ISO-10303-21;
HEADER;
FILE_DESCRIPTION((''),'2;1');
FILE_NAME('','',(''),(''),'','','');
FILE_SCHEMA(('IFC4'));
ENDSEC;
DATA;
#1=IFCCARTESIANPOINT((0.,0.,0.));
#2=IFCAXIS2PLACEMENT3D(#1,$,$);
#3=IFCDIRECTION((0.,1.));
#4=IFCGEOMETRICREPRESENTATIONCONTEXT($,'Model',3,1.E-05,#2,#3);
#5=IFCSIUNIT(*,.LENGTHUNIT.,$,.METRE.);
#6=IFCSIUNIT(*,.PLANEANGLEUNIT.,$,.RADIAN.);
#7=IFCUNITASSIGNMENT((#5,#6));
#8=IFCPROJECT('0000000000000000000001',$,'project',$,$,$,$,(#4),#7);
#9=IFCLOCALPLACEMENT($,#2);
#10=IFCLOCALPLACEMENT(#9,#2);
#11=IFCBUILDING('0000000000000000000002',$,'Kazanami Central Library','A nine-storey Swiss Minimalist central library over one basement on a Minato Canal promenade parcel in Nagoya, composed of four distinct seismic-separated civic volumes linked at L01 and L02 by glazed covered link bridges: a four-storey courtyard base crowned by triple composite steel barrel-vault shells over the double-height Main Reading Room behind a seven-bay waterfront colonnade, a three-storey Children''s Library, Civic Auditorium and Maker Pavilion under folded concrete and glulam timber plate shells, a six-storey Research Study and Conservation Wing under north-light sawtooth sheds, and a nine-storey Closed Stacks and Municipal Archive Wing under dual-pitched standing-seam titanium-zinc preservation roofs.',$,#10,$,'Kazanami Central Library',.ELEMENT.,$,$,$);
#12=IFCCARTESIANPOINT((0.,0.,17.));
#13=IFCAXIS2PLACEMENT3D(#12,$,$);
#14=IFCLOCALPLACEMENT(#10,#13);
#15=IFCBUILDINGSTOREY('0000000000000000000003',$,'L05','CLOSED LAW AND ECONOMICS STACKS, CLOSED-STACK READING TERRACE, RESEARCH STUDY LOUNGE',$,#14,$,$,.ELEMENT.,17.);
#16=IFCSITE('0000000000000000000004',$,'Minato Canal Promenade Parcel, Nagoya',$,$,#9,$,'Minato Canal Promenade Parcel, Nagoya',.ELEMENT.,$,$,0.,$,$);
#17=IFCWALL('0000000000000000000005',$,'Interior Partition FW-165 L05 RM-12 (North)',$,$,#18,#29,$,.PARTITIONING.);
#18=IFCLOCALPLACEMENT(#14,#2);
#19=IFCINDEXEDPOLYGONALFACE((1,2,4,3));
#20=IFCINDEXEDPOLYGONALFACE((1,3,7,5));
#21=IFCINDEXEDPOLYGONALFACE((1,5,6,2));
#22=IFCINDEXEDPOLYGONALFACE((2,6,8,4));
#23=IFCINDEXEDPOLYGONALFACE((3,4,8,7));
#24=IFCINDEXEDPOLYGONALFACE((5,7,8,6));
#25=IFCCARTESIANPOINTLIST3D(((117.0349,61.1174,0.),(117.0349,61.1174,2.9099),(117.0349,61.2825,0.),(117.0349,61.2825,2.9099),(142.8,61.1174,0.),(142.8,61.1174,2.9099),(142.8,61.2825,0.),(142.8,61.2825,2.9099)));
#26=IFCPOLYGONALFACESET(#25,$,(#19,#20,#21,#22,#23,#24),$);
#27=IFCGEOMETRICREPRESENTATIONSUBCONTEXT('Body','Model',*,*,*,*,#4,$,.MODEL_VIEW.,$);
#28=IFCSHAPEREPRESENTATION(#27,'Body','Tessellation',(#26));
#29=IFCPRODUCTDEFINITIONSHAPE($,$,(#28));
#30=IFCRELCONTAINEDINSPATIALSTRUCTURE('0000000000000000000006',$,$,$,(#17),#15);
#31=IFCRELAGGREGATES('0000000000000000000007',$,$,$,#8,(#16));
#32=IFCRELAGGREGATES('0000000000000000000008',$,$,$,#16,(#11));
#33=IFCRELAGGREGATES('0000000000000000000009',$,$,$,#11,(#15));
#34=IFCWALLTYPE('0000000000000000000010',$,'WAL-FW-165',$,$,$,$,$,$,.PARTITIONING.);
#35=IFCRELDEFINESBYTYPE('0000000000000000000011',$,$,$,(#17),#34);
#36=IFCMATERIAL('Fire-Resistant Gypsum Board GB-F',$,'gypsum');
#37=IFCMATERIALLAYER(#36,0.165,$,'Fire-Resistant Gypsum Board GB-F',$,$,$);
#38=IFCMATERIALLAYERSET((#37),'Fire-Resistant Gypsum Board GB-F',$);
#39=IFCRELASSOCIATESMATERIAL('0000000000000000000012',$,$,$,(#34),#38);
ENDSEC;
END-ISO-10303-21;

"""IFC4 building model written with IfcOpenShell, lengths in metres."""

from ifc_helpers import new_model, si_unit, direction, frame, frame_2d, origin, place, context, subcontext, project, spatial, rectangle, extrude, material, layer, layer_set, type_object, element, save


model = new_model("IFC4")

# Units and contexts
model_context = context("Model", 3, precision=1e-05, world=origin(), true_north=direction((0.0, 1.0)))
body_context = subcontext(model_context, "Body", "Model", "MODEL_VIEW")
ifc_project = project(units=[si_unit("LENGTHUNIT", "METRE"), si_unit("PLANEANGLEUNIT", "RADIAN")], contexts=[model_context])

# Site, building, storey
site_placement = place(None, origin())
site = spatial("IfcSite", under=ifc_project, at=site_placement, Name="Minato Canal Promenade Parcel, Nagoya", LongName="Minato Canal Promenade Parcel, Nagoya", CompositionType="ELEMENT", RefElevation=0.0)
building_placement = place(site_placement, origin())
building = spatial("IfcBuilding", under=site, at=building_placement, Name="Kazanami Central Library", Description="A nine-storey Swiss Minimalist central library over one basement on a Minato Canal promenade parcel in Nagoya, composed of four distinct seismic-separated civic volumes linked at L01 and L02 by glazed covered link bridges: a four-storey courtyard base crowned by triple composite steel barrel-vault shells over the double-height Main Reading Room behind a seven-bay waterfront colonnade, a three-storey Children's Library, Civic Auditorium and Maker Pavilion under folded concrete and glulam timber plate shells, a six-storey Research Study and Conservation Wing under north-light sawtooth sheds, and a nine-storey Closed Stacks and Municipal Archive Wing under dual-pitched standing-seam titanium-zinc preservation roofs.", LongName="Kazanami Central Library", CompositionType="ELEMENT")
storey_placement = place(building_placement, frame((0.0, 0.0, 17.0)))
storey = spatial("IfcBuildingStorey", under=building, at=storey_placement, Name="L05", Description="CLOSED LAW AND ECONOMICS STACKS, CLOSED-STACK READING TERRACE, RESEARCH STUDY LOUNGE", CompositionType="ELEMENT", Elevation=17.0)

# Wall
ifc_material_1 = material(Name="Fire-Resistant Gypsum Board GB-F", Category="gypsum")
ifc_layer_1 = layer(ifc_material_1, 0.165, Name="Fire-Resistant Gypsum Board GB-F")
ifc_layer_set_1 = layer_set([ifc_layer_1], Name="Fire-Resistant Gypsum Board GB-F")
wall_type = type_object("IfcWallType", Name="WAL-FW-165", PredefinedType="PARTITIONING", material=ifc_layer_set_1)
wall_placement = place(storey_placement, frame((117.0349, 61.2, 0.0), z_axis=(0.0, 0.0, 1.0), x_axis=(1.0, 0.0, 0.0)))
element("IfcWall", 1, at=wall_placement, inside=storey, type_object=wall_type, Name="Interior Partition FW-165 L05 RM-12 (North)", PredefinedType="PARTITIONING", context=body_context, shape_type="SweptSolid", body=[
    extrude(rectangle(XDim=25.7651, YDim=0.165, at=frame_2d((12.8826, 0.0))), origin(), (0.0, 0.0, 1.0), 2.9099),
])

save(model, "model.ifc")
